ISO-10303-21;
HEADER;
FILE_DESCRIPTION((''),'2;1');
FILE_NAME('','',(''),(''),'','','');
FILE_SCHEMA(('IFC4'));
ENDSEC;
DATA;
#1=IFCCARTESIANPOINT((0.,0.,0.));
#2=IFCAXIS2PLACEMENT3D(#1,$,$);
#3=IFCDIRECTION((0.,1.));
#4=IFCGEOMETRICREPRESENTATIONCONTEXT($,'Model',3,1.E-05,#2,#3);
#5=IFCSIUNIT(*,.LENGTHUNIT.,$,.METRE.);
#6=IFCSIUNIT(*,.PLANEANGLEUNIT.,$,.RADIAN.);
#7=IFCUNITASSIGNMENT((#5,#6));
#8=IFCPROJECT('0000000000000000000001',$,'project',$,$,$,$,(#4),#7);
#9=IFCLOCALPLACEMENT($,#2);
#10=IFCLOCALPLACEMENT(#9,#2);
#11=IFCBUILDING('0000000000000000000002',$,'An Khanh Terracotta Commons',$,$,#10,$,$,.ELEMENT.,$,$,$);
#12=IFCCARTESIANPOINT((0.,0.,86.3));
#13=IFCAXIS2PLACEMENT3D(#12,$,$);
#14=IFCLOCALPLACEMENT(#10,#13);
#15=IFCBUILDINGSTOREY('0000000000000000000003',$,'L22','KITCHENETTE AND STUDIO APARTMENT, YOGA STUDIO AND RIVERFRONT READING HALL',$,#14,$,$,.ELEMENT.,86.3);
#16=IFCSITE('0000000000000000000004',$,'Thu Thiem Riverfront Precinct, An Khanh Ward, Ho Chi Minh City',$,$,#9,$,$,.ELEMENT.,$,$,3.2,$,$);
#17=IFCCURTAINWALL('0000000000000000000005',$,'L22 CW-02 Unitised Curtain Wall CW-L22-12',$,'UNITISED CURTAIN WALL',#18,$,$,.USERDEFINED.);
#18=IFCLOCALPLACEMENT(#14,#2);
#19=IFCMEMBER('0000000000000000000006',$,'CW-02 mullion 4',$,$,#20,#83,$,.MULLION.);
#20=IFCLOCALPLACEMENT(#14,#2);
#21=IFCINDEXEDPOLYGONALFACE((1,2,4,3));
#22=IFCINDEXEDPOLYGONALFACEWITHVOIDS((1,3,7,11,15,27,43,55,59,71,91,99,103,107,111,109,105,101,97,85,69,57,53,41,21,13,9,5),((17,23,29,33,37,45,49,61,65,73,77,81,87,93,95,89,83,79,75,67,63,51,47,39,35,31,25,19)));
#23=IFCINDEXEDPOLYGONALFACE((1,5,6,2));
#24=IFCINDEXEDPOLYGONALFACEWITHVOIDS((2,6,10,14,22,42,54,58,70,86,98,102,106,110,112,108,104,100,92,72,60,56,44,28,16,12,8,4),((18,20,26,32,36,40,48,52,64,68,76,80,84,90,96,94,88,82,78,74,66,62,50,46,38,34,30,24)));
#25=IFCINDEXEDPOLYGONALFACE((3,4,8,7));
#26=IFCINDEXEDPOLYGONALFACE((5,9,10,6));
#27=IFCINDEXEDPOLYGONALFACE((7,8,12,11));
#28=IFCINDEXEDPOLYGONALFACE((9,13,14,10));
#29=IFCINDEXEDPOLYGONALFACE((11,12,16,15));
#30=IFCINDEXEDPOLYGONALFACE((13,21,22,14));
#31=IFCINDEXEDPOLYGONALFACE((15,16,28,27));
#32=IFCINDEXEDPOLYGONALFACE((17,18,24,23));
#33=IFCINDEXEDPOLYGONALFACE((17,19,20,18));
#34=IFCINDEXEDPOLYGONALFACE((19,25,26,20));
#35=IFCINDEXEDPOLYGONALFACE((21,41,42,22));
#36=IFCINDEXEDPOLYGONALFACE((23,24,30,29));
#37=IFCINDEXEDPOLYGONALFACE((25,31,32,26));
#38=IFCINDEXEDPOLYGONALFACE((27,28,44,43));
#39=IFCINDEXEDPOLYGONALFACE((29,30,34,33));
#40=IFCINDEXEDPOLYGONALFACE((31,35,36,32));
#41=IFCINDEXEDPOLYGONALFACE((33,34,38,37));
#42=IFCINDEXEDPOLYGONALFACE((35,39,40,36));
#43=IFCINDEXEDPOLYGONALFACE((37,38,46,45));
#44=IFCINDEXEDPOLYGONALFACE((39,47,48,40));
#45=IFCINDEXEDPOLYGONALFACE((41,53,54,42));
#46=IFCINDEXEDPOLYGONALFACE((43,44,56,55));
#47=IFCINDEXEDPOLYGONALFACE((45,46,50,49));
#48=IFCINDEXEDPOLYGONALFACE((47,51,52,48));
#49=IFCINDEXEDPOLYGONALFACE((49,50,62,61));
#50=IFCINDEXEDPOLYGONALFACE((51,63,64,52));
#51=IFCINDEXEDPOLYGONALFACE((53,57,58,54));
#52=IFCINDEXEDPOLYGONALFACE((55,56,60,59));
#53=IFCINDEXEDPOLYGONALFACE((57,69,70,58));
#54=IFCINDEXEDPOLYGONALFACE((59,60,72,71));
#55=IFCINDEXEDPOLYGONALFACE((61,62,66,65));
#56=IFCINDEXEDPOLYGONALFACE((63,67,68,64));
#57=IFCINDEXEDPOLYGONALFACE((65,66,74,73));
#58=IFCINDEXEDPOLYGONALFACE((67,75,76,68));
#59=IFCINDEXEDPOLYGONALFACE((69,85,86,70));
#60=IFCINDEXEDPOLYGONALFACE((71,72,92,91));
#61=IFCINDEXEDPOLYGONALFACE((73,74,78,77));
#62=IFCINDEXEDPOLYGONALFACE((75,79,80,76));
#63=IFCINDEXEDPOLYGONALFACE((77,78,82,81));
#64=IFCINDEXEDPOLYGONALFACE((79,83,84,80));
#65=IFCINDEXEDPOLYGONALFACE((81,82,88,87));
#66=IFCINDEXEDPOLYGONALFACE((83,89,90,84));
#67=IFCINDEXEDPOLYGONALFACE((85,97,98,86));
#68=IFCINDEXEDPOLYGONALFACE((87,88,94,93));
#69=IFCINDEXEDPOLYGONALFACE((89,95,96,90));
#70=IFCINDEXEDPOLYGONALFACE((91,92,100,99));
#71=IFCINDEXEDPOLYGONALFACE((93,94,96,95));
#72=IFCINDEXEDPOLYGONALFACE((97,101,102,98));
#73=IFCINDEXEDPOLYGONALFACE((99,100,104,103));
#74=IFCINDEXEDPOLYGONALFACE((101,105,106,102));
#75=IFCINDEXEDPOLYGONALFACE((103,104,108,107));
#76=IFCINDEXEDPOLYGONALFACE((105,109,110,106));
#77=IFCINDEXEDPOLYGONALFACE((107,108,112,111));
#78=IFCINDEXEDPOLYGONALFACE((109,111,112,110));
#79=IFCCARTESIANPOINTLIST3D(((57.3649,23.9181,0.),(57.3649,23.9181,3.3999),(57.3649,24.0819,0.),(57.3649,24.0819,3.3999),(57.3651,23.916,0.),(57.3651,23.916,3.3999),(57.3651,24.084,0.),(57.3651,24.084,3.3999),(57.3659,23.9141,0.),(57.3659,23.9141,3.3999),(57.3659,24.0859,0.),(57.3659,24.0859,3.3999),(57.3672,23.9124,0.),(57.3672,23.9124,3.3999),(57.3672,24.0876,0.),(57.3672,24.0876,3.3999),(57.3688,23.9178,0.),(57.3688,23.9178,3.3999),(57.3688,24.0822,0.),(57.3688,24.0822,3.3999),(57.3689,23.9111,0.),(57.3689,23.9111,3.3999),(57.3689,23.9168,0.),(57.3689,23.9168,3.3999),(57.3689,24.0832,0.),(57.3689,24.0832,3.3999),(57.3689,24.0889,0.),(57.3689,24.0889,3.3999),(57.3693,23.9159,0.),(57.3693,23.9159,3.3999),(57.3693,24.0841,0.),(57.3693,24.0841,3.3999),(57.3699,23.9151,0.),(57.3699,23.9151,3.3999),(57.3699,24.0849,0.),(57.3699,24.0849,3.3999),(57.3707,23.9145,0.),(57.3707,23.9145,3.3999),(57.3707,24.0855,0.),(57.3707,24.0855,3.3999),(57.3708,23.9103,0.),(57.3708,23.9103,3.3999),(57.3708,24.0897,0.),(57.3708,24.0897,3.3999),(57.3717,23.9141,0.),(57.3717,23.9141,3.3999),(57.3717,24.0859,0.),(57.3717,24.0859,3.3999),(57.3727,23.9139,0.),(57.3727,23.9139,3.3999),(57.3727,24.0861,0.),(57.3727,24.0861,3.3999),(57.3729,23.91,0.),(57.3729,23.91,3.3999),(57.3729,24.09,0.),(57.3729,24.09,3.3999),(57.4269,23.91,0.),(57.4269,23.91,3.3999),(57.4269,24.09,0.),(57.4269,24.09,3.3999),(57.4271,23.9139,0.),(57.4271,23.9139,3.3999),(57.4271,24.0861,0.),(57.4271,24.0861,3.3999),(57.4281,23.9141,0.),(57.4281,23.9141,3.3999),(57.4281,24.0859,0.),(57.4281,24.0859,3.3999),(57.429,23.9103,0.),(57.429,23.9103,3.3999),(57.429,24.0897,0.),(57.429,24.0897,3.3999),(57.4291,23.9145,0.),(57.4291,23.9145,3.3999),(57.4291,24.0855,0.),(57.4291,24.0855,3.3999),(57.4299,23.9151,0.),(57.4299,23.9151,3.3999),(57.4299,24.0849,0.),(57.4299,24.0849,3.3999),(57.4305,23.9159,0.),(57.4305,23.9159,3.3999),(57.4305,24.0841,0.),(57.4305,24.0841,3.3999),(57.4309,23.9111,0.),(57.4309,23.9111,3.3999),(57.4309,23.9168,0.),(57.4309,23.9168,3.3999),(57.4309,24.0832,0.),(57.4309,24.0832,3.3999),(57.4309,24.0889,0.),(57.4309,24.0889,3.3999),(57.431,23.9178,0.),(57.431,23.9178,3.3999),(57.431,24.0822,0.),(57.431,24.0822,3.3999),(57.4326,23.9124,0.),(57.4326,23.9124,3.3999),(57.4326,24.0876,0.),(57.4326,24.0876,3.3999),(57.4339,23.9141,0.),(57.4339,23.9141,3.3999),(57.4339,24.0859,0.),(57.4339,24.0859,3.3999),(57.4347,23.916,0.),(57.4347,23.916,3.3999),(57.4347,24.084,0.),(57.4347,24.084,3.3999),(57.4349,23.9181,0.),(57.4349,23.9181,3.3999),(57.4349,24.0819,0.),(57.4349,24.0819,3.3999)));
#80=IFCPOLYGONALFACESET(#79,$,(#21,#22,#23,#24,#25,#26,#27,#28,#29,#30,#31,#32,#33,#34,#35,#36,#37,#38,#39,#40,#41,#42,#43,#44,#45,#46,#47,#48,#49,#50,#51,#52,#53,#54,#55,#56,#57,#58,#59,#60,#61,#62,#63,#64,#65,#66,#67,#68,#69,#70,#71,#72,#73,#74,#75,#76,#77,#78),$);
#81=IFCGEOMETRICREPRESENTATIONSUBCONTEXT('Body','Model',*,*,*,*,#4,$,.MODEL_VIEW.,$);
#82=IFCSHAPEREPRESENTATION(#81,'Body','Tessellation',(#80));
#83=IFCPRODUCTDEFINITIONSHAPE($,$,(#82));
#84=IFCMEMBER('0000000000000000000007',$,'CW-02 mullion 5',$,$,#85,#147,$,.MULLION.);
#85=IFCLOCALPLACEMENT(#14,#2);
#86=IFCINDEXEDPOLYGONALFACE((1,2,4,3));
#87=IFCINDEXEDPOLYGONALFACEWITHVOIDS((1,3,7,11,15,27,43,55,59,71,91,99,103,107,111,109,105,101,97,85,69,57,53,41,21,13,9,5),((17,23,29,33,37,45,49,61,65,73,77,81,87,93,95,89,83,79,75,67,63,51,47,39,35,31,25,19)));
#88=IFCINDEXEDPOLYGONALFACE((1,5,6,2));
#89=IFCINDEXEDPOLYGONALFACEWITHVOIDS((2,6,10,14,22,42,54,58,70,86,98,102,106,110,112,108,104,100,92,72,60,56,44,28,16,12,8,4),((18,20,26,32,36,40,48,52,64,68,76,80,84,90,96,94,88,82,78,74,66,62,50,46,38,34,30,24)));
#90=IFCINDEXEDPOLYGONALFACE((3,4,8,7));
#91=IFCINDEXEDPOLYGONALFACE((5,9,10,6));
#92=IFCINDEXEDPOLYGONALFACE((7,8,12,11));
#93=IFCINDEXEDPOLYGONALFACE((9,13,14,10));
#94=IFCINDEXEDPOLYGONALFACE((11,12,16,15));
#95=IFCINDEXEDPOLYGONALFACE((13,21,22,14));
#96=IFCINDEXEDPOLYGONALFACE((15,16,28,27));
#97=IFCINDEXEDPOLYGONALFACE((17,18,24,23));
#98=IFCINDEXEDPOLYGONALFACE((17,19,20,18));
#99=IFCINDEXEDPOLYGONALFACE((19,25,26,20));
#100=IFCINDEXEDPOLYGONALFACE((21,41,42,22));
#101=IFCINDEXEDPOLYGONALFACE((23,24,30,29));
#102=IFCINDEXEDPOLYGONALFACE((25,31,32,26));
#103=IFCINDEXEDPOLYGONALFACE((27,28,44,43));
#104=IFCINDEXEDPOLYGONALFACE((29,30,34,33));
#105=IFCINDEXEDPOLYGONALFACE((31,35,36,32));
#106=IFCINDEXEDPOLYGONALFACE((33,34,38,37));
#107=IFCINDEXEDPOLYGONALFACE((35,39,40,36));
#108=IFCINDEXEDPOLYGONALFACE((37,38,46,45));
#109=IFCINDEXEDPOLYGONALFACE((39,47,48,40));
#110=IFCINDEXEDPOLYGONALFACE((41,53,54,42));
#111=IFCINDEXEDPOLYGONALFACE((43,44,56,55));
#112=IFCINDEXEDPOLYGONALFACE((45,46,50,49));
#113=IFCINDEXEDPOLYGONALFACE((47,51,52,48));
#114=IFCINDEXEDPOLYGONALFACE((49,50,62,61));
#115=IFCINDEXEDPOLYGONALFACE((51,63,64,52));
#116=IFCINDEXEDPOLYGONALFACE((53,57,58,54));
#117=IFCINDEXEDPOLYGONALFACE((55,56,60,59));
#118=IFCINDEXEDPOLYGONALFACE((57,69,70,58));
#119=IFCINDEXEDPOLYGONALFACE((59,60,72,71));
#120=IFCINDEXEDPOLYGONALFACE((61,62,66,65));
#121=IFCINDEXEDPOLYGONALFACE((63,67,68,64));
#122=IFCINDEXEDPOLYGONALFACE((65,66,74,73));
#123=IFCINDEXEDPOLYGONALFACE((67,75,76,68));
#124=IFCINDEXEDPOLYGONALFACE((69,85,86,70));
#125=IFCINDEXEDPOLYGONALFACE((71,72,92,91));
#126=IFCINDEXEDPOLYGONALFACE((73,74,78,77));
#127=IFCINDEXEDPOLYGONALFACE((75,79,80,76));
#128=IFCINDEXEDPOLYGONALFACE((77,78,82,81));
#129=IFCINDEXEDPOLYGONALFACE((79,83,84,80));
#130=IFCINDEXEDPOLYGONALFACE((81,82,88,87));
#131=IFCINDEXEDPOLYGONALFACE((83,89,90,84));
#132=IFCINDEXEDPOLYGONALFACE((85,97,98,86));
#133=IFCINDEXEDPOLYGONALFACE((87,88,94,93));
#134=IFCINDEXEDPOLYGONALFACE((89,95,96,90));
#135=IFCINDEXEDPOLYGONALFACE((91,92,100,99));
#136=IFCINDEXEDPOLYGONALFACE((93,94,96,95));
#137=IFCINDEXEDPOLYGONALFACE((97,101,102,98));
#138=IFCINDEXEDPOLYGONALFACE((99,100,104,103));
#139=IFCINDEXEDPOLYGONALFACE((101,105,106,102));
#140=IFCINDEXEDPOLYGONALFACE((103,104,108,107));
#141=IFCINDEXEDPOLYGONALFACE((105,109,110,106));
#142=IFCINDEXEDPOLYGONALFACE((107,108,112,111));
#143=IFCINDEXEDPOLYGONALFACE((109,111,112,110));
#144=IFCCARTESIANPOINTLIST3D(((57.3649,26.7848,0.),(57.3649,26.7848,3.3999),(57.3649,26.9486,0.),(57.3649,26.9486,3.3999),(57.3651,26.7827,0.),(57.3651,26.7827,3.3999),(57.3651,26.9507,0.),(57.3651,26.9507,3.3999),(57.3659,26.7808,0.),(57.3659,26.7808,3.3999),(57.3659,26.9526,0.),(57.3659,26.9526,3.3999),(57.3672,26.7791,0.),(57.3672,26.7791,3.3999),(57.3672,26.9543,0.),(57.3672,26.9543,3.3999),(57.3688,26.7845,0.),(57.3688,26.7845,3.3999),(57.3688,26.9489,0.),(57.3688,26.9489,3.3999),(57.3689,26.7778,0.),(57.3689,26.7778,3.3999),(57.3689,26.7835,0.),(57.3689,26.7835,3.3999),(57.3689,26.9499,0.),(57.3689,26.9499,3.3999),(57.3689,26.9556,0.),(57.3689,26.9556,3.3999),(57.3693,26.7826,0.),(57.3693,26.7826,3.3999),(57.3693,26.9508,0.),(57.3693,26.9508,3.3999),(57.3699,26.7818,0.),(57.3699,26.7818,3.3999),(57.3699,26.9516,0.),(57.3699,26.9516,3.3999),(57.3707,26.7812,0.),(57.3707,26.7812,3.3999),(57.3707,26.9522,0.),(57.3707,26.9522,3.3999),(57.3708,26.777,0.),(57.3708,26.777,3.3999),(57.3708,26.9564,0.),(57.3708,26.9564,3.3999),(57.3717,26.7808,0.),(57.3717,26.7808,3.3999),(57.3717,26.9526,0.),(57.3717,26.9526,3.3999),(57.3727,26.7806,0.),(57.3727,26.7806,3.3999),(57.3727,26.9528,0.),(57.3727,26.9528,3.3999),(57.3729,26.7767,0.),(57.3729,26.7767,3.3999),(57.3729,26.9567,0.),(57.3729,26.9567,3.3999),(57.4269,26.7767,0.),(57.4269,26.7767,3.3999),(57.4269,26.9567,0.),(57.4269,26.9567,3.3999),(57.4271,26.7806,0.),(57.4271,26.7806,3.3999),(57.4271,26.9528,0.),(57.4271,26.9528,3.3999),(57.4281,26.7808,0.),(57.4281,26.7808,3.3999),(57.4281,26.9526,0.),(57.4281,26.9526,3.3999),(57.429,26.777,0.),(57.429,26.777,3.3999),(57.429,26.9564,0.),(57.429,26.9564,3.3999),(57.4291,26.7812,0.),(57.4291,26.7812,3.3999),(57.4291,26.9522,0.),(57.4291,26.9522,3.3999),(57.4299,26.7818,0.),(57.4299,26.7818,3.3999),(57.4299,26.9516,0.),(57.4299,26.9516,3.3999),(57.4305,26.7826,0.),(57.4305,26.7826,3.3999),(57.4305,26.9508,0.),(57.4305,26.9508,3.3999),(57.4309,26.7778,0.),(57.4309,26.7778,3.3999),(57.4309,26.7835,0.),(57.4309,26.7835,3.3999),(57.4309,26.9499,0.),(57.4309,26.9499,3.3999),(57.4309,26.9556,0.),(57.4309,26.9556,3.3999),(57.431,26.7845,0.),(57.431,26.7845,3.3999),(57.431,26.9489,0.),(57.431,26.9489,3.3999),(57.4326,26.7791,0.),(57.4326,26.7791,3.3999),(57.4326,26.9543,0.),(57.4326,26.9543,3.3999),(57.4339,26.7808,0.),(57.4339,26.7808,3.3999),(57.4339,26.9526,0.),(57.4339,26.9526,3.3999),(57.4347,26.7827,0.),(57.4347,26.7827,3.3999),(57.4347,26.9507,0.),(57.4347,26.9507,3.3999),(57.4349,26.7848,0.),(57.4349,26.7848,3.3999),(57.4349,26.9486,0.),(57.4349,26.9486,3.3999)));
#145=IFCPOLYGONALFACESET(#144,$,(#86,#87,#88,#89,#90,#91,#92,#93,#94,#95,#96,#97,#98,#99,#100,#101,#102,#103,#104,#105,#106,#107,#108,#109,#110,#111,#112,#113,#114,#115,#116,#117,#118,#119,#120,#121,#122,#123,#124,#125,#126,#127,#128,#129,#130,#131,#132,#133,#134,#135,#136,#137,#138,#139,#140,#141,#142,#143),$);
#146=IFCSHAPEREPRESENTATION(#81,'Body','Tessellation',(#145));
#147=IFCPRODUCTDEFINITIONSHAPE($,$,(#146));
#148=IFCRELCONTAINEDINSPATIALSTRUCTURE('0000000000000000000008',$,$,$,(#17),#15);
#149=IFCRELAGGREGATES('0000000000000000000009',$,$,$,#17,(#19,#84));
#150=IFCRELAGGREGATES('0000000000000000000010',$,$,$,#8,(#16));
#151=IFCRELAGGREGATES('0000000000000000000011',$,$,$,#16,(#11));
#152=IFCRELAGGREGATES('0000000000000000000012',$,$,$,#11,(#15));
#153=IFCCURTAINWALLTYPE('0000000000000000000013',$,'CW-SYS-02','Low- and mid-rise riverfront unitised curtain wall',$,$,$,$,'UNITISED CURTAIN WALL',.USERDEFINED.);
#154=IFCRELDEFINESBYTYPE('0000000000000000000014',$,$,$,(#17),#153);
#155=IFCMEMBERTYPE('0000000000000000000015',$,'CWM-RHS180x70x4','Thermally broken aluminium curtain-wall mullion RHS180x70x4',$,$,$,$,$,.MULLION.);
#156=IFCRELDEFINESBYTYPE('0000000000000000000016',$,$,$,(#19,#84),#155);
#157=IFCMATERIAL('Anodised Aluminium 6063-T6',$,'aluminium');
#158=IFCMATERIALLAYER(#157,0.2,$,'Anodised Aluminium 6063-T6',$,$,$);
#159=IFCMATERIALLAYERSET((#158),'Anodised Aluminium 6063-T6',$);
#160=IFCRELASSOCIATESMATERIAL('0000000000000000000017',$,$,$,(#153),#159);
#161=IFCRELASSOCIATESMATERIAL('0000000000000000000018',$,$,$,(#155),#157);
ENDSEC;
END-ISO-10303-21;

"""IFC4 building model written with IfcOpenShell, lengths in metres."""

from ifc_helpers import new_model, si_unit, direction, frame, origin, origin_2d, place, context, subcontext, project, spatial, hollow_rectangle, extrude, material, layer, layer_set, material_profile, profile_set, type_object, element, aggregate, save


model = new_model("IFC4")

# Units and contexts
model_context = context("Model", 3, precision=1e-05, world=origin(), true_north=direction((0.0, 1.0)))
body_context = subcontext(model_context, "Body", "Model", "MODEL_VIEW")
ifc_project = project(units=[si_unit("LENGTHUNIT", "METRE"), si_unit("PLANEANGLEUNIT", "RADIAN")], contexts=[model_context])

# Site, building, storey
site_placement = place(None, origin())
site = spatial("IfcSite", under=ifc_project, at=site_placement, Name="Thu Thiem Riverfront Precinct, An Khanh Ward, Ho Chi Minh City", CompositionType="ELEMENT", RefElevation=3.2)
building_placement = place(site_placement, origin())
building = spatial("IfcBuilding", under=site, at=building_placement, Name="An Khanh Terracotta Commons", CompositionType="ELEMENT")
storey_placement = place(building_placement, frame((0.0, 0.0, 86.3)))
storey = spatial("IfcBuildingStorey", under=building, at=storey_placement, Name="L22", Description="KITCHENETTE AND STUDIO APARTMENT, YOGA STUDIO AND RIVERFRONT READING HALL", CompositionType="ELEMENT", Elevation=86.3)

# Curtain wall, members
ifc_material_1 = material(Name="Anodised Aluminium 6063-T6", Category="aluminium")
ifc_layer_1 = layer(ifc_material_1, 0.2, Name="Anodised Aluminium 6063-T6")
ifc_layer_set_1 = layer_set([ifc_layer_1], Name="Anodised Aluminium 6063-T6")
curtain_wall_type = type_object("IfcCurtainWallType", Name="CW-SYS-02", Description="Low- and mid-rise riverfront unitised curtain wall", ElementType="UNITISED CURTAIN WALL", PredefinedType="USERDEFINED", material=ifc_layer_set_1)
curtain_wall_placement = place(storey_placement, origin())
curtain_wall = element("IfcCurtainWall", 1, at=curtain_wall_placement, inside=storey, type_object=curtain_wall_type, Name="L22 CW-02 Unitised Curtain Wall CW-L22-12", ObjectType="UNITISED CURTAIN WALL", PredefinedType="USERDEFINED")
ifc_material_profile_1 = material_profile(ifc_material_1, hollow_rectangle(XDim=0.0701, YDim=0.1799, WallThickness=0.0039, InnerFilletRadius=0.0039, OuterFilletRadius=0.0081, at=origin_2d()), Name="RHS180x70x4")
ifc_profile_set_1 = profile_set([ifc_material_profile_1], Name="Anodised Aluminium 6063-T6")
member_type_1 = type_object("IfcMemberType", Name="CWM-RHS180x70x4", Description="Thermally broken aluminium curtain-wall mullion RHS180x70x4", PredefinedType="MULLION", material=ifc_profile_set_1)
member_1_placement = place(storey_placement, frame((57.3999, 24.0, 0.0), z_axis=(0.0, 0.0, 1.0), x_axis=(-1.0, 0.0, 0.0)))
member_1 = element("IfcMember", 2, at=member_1_placement, type_object=member_type_1, Name="CW-02 mullion 4", PredefinedType="MULLION", context=body_context, shape_type="SweptSolid", body=[
    extrude(hollow_rectangle(XDim=0.0701, YDim=0.1799, WallThickness=0.0039, InnerFilletRadius=0.0039, OuterFilletRadius=0.0081, at=origin_2d()), origin(), (0.0, 0.0, 1.0), 3.3999),
])
member_2_placement = place(storey_placement, frame((57.3999, 26.8667, 0.0), z_axis=(0.0, 0.0, 1.0), x_axis=(-1.0, 0.0, 0.0)))
member_2 = element("IfcMember", 3, at=member_2_placement, type_object=member_type_1, Name="CW-02 mullion 5", PredefinedType="MULLION", context=body_context, shape_type="SweptSolid", body=[
    extrude(hollow_rectangle(XDim=0.0701, YDim=0.1799, WallThickness=0.0039, InnerFilletRadius=0.0039, OuterFilletRadius=0.0081, at=origin_2d()), origin(), (0.0, 0.0, 1.0), 3.3999),
])
aggregate(curtain_wall, [member_1, member_2])

save(model, "model.ifc")
